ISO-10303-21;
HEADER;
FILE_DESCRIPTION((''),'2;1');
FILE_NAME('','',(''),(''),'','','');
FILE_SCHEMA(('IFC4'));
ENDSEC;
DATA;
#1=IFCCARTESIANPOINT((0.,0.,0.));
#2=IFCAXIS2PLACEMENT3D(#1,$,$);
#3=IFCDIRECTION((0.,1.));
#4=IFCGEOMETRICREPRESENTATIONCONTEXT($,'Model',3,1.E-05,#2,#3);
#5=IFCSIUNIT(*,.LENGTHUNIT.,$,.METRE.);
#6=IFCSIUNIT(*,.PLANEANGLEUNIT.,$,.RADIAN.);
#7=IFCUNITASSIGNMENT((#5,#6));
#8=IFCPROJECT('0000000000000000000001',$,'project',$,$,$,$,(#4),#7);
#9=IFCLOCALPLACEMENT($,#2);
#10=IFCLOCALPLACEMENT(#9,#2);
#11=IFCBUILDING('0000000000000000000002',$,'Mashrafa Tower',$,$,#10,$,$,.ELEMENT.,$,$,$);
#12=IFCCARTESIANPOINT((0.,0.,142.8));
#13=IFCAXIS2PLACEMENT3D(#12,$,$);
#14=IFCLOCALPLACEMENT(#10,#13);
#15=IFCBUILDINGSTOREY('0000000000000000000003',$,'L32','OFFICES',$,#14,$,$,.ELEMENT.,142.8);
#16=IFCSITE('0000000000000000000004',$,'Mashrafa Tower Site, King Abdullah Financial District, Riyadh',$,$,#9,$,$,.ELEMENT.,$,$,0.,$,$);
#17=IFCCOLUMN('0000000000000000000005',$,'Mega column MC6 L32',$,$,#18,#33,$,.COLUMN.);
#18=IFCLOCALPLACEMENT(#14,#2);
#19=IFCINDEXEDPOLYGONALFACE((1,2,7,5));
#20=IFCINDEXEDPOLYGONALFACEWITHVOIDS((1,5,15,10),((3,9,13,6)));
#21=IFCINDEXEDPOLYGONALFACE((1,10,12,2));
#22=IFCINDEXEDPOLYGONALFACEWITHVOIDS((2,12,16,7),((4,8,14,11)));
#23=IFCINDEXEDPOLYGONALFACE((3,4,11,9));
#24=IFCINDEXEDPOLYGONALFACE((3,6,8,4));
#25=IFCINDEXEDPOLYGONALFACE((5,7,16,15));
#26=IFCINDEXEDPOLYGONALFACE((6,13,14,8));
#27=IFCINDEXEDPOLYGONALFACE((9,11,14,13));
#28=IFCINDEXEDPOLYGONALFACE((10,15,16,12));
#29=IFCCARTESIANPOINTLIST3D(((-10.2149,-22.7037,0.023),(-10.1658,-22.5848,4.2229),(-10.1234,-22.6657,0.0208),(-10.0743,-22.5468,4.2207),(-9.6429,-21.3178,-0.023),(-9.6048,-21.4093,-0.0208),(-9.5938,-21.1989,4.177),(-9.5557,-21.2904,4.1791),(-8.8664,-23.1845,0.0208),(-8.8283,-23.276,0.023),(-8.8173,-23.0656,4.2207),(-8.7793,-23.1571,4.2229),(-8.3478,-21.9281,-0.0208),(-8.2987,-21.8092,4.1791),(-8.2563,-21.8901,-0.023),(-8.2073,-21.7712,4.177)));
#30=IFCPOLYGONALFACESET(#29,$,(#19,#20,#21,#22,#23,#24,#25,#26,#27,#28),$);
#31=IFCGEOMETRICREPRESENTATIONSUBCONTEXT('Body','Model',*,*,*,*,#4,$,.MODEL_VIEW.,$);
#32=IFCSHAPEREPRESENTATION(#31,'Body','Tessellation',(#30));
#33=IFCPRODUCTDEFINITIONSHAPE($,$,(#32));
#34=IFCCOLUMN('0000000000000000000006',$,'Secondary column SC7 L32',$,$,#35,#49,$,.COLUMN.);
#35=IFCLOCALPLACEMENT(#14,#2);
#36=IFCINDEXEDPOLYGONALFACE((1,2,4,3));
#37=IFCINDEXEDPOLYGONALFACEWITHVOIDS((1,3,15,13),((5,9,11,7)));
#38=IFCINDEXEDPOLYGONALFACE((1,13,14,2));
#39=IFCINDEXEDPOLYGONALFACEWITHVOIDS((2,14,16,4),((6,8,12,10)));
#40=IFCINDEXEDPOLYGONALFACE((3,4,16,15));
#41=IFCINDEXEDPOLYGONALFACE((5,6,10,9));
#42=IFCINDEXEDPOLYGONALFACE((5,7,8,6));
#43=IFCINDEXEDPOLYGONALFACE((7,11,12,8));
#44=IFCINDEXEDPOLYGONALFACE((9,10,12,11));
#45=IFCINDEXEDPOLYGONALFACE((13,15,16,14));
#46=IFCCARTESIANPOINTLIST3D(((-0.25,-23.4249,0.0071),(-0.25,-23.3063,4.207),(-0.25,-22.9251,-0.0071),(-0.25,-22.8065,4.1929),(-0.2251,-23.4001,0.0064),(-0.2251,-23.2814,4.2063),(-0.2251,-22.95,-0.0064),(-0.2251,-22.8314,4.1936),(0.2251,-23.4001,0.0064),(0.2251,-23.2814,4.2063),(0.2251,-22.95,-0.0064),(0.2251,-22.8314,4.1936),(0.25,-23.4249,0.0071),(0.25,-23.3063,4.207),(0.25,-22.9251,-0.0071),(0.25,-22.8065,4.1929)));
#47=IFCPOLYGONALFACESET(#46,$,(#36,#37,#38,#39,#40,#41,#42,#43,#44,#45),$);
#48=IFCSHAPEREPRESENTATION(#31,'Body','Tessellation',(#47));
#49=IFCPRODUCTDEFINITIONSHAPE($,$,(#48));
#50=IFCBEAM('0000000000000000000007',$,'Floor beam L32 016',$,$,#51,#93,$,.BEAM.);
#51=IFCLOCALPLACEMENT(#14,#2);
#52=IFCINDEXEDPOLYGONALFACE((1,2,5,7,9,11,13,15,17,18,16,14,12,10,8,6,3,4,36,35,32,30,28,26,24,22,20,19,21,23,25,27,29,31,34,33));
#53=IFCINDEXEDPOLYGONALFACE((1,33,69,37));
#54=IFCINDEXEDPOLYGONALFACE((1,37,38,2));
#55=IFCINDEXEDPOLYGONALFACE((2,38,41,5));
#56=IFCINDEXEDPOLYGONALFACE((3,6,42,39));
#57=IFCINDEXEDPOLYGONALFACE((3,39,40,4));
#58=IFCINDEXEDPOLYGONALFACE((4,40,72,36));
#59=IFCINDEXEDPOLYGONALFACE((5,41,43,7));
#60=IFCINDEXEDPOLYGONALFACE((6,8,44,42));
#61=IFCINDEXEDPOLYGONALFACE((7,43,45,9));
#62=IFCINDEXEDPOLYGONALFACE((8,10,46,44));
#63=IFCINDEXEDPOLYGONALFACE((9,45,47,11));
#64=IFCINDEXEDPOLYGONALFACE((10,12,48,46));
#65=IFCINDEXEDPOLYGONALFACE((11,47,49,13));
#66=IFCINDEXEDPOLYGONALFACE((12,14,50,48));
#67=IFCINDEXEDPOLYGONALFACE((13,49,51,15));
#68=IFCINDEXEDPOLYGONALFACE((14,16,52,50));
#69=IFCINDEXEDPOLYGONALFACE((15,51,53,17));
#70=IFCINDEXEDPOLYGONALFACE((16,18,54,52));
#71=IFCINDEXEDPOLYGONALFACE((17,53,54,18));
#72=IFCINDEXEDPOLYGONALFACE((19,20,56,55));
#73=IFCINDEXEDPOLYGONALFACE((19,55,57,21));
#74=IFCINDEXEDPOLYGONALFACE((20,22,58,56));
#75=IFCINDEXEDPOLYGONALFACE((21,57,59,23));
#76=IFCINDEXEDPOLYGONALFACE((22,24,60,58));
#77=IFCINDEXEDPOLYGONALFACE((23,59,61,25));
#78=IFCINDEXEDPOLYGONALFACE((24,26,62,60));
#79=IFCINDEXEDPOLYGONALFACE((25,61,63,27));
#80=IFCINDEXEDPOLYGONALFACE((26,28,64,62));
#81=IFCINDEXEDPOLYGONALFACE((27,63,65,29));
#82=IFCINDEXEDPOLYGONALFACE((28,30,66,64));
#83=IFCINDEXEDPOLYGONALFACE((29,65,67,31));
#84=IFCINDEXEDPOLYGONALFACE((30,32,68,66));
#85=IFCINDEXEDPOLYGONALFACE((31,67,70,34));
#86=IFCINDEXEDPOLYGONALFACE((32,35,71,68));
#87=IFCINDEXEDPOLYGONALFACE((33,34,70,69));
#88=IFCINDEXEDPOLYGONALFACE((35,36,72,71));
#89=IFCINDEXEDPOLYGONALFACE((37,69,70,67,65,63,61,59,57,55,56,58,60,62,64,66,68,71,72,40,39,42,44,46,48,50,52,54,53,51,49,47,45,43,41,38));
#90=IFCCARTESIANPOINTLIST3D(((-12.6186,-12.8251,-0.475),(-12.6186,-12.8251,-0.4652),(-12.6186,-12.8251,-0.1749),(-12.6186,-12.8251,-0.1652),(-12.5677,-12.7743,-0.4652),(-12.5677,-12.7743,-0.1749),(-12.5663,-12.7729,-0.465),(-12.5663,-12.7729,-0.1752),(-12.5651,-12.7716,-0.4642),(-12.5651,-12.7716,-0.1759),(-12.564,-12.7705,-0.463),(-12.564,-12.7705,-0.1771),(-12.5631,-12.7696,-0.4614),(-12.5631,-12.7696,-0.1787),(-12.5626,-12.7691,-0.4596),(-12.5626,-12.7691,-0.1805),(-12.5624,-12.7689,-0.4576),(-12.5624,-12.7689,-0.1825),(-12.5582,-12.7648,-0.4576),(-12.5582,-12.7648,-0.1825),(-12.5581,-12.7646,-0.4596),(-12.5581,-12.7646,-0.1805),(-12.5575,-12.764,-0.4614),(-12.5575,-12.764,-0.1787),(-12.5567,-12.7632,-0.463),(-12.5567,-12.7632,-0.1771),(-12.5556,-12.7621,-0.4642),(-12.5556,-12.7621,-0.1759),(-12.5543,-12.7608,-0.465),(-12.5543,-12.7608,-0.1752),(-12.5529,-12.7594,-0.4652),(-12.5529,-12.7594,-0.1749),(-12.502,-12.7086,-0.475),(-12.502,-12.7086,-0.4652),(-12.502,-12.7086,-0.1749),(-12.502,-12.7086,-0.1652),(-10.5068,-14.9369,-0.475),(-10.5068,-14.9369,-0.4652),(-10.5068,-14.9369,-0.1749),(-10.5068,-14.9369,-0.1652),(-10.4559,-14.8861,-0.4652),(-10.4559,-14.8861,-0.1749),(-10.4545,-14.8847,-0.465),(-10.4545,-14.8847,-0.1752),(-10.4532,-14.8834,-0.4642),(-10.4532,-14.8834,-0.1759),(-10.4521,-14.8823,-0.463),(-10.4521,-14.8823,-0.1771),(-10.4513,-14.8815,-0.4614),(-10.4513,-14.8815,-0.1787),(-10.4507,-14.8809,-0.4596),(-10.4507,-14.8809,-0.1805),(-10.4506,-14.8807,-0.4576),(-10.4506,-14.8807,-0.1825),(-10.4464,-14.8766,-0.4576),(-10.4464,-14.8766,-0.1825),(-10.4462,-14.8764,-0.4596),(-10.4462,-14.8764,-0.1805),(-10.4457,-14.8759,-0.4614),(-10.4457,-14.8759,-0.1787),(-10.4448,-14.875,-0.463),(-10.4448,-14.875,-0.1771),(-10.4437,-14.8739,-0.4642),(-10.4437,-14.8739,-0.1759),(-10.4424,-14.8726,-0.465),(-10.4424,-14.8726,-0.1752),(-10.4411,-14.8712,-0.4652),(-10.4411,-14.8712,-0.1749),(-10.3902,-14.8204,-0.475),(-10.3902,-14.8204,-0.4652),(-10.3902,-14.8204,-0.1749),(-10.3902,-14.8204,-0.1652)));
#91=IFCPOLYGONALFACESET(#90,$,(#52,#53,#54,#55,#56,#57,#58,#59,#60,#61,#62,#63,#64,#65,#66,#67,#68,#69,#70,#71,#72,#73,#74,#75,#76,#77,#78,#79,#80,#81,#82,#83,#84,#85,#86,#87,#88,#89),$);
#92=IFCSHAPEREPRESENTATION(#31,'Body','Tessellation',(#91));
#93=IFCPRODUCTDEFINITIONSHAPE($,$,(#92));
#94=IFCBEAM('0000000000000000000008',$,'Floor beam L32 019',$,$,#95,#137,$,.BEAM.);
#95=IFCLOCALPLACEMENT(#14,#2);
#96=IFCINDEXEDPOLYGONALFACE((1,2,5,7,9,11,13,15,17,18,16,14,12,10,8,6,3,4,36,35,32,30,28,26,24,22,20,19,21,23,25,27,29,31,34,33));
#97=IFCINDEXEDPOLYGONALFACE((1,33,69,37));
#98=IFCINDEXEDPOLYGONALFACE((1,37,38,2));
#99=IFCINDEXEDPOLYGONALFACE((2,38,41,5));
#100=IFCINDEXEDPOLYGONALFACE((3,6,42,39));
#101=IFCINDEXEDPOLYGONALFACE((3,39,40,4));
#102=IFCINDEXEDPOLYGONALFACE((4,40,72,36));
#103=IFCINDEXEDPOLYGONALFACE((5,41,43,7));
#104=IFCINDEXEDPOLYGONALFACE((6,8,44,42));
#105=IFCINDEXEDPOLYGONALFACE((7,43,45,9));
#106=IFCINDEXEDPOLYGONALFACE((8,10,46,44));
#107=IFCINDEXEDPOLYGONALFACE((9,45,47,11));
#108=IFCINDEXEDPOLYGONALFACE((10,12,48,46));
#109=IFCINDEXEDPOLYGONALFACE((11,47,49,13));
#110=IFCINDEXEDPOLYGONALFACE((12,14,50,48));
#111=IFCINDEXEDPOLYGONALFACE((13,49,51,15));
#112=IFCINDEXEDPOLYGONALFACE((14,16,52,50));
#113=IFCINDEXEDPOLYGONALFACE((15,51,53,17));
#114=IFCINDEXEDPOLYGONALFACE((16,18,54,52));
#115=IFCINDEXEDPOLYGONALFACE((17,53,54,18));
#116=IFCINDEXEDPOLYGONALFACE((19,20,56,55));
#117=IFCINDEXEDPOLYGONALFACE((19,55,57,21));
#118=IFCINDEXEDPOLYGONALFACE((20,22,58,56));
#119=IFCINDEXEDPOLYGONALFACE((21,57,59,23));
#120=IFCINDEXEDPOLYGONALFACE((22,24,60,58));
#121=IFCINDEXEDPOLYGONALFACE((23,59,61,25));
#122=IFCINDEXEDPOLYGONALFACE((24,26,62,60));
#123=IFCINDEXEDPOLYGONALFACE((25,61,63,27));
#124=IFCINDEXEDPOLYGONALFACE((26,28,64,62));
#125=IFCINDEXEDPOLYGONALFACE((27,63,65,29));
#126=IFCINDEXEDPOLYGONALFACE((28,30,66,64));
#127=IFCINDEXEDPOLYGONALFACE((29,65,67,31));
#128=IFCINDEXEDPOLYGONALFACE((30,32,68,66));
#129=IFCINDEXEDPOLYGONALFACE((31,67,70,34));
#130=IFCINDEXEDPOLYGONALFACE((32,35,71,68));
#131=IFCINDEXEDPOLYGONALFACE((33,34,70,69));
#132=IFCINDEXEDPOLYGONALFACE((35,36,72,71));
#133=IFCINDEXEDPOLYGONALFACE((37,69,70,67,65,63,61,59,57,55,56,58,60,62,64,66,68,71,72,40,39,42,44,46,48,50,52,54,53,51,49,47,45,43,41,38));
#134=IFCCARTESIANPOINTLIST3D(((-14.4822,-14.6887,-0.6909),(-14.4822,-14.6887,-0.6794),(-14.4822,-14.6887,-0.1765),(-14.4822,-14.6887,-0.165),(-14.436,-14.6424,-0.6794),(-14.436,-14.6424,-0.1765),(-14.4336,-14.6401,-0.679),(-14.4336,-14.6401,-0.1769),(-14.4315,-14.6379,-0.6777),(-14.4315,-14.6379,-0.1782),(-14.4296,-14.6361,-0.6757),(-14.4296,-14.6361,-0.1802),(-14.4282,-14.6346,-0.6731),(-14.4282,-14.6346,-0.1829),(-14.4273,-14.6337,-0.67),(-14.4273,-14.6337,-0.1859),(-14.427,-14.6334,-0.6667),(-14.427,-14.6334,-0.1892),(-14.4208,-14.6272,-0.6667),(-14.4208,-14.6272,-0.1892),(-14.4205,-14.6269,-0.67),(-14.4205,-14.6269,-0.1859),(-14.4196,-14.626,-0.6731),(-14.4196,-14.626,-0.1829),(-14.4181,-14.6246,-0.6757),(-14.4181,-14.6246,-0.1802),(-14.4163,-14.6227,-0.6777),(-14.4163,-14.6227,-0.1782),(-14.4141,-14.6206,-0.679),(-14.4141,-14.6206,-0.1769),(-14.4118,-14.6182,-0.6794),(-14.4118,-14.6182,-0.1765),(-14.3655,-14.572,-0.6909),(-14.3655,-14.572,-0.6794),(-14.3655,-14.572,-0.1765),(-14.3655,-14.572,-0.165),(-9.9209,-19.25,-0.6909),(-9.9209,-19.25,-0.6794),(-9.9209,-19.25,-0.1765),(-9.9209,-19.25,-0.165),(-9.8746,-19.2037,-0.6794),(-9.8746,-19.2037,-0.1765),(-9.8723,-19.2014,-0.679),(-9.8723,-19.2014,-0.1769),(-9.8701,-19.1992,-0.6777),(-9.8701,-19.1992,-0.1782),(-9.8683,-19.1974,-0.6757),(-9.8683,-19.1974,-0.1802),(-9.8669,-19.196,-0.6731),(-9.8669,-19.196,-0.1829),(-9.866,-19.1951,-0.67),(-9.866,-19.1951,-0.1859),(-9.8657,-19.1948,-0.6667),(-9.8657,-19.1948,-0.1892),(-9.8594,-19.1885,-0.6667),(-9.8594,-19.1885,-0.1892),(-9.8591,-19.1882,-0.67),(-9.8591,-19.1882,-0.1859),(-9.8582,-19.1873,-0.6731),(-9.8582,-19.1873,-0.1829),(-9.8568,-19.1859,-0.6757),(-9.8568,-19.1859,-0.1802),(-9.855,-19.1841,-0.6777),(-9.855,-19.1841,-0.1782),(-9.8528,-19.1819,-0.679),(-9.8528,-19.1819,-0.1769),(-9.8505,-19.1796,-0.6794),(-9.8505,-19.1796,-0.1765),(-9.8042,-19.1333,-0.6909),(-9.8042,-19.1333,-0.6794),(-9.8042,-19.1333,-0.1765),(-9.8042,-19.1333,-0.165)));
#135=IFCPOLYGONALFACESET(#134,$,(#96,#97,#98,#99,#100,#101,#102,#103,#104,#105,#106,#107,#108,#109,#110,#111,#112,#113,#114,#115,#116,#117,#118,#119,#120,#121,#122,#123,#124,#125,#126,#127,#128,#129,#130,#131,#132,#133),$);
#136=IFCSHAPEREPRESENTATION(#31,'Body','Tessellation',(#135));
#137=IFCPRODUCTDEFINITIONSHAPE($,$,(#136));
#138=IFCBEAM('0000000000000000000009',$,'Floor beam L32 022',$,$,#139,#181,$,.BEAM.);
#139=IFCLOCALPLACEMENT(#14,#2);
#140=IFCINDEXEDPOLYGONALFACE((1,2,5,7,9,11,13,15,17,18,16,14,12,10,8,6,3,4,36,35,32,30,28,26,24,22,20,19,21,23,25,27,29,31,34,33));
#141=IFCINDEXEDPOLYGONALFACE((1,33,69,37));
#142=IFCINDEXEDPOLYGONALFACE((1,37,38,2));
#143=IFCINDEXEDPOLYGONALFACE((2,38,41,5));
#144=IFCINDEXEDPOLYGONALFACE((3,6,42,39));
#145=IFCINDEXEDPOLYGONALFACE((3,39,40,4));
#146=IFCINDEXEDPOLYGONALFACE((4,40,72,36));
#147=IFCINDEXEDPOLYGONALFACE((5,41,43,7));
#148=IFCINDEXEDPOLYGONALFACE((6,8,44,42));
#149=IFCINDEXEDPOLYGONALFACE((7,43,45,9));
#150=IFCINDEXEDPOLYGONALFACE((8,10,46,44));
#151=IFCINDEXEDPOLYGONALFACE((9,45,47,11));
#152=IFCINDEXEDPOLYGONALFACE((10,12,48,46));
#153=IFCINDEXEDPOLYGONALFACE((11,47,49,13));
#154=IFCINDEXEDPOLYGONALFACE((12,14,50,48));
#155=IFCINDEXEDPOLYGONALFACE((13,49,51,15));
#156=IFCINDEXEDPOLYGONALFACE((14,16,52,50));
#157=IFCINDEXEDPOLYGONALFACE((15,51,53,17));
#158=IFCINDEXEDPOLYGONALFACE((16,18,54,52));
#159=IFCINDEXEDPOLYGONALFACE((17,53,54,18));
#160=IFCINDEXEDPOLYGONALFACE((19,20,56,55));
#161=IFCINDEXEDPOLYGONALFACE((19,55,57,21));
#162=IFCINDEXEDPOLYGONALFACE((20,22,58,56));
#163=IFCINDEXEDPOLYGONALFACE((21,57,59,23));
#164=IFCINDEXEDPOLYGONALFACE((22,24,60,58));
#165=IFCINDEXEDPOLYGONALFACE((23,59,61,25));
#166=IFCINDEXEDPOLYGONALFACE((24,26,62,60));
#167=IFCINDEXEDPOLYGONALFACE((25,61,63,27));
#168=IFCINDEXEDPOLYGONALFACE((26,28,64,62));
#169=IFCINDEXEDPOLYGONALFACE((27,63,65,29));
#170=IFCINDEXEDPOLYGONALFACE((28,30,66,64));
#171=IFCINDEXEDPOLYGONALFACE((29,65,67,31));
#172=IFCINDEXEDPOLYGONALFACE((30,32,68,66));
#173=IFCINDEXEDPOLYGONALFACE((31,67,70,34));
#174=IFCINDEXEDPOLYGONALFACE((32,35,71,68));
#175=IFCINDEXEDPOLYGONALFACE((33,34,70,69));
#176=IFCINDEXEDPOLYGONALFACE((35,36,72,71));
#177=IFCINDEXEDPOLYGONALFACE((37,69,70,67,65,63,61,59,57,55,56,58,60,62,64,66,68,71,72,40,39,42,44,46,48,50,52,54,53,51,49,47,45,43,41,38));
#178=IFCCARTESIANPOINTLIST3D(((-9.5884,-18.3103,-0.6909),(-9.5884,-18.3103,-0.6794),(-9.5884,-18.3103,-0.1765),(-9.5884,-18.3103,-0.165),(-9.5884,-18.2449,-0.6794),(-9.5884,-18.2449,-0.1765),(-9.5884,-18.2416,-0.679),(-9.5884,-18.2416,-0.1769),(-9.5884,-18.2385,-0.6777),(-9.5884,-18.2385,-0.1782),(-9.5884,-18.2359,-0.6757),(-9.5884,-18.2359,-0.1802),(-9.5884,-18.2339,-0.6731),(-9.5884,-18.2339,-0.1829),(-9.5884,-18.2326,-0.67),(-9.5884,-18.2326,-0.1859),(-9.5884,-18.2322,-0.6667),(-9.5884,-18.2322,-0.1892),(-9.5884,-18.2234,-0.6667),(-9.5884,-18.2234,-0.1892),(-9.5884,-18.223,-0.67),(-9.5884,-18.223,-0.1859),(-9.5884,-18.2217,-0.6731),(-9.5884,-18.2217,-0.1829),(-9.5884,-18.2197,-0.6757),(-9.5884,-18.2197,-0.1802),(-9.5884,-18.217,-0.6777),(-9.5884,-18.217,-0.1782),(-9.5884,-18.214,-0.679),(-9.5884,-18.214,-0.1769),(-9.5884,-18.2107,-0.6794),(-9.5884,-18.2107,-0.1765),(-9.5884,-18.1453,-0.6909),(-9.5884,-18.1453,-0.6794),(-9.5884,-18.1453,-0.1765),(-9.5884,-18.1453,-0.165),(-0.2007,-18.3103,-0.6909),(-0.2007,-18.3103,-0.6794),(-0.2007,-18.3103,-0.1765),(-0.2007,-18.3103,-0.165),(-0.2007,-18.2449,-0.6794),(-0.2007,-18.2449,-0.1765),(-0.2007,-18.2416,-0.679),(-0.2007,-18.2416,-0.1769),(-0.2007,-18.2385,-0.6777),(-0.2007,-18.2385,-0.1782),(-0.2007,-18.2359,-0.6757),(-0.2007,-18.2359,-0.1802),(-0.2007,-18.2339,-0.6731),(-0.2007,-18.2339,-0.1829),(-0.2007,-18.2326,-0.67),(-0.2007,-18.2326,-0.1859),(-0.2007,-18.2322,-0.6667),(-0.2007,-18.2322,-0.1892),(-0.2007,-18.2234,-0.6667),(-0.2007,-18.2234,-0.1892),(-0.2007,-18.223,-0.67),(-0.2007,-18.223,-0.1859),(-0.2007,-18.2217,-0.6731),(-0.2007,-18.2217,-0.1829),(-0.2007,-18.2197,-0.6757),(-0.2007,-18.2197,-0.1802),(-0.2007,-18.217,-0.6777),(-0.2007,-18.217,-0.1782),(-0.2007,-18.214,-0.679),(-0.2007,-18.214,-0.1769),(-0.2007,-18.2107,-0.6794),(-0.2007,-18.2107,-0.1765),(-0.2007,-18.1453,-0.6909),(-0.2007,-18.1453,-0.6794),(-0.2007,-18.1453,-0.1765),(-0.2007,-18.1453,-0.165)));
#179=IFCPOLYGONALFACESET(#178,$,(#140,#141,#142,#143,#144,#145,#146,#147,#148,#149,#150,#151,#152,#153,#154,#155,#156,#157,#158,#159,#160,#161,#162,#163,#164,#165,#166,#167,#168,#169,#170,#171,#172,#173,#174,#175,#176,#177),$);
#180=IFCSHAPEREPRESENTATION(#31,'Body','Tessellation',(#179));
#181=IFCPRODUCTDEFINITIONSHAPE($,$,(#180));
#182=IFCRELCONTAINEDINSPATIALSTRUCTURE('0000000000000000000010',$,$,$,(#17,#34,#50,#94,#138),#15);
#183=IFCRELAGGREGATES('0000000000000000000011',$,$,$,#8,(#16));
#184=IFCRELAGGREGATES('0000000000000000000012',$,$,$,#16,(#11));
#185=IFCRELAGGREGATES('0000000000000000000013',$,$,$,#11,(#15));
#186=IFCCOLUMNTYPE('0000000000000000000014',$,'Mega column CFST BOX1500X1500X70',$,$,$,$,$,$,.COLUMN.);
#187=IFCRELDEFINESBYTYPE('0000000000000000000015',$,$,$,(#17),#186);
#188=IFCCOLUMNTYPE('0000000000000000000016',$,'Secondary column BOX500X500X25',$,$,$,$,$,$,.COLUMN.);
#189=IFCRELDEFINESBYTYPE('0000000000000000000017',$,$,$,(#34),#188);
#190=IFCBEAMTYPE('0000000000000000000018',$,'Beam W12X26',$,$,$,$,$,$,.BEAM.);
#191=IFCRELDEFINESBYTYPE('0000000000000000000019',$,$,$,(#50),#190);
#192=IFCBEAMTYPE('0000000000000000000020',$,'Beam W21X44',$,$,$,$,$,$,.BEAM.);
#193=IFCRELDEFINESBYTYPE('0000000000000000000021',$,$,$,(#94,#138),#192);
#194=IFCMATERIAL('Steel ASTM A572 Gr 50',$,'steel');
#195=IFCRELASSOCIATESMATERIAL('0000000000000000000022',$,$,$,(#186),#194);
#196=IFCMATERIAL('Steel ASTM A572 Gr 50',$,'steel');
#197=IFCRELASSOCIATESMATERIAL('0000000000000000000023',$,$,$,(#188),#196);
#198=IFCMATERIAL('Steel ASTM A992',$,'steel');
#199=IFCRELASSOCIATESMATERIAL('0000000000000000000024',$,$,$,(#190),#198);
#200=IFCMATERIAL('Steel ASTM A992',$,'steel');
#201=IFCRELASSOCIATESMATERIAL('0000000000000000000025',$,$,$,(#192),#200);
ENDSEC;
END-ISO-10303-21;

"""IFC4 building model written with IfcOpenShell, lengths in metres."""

from ifc_helpers import new_model, si_unit, direction, frame, origin, origin_2d, place, context, subcontext, project, spatial, hollow_rectangle, i_section, extrude, material, material_profile, profile_set, type_object, element, save


model = new_model("IFC4")

# Units and contexts
model_context = context("Model", 3, precision=1e-05, world=origin(), true_north=direction((0.0, 1.0)))
body_context = subcontext(model_context, "Body", "Model", "MODEL_VIEW")
ifc_project = project(units=[si_unit("LENGTHUNIT", "METRE"), si_unit("PLANEANGLEUNIT", "RADIAN")], contexts=[model_context])

# Site, building, storey
site_placement = place(None, origin())
site = spatial("IfcSite", under=ifc_project, at=site_placement, Name="Mashrafa Tower Site, King Abdullah Financial District, Riyadh", CompositionType="ELEMENT", RefElevation=0.0)
building_placement = place(site_placement, origin())
building = spatial("IfcBuilding", under=site, at=building_placement, Name="Mashrafa Tower", CompositionType="ELEMENT")
storey_placement = place(building_placement, frame((0.0, 0.0, 142.8)))
storey = spatial("IfcBuildingStorey", under=building, at=storey_placement, Name="L32", Description="OFFICES", CompositionType="ELEMENT", Elevation=142.8)

# Columns
ifc_material_1 = material(Name="Steel ASTM A572 Gr 50", Category="steel")
ifc_material_profile_1 = material_profile(ifc_material_1, hollow_rectangle(XDim=1.5, YDim=1.5, WallThickness=0.0701, at=origin_2d()), Name="BOX1500X1500X70")
ifc_profile_set_1 = profile_set([ifc_material_profile_1], Name="Steel ASTM A572 Gr 50")
column_type_1 = type_object("IfcColumnType", Name="Mega column CFST BOX1500X1500X70", PredefinedType="COLUMN", material=ifc_profile_set_1)
column_1_placement = place(storey_placement, frame((-9.2356, -22.2969, 0.0), z_axis=(0.011679, 0.028296, 0.999531), x_axis=(-0.924363, 0.381513, 0.0)))
element("IfcColumn", 1, at=column_1_placement, inside=storey, type_object=column_type_1, Name="Mega column MC6 L32", PredefinedType="COLUMN", context=body_context, shape_type="SweptSolid", body=[
    extrude(hollow_rectangle(XDim=1.5, YDim=1.5, WallThickness=0.0701, at=origin_2d()), origin(), (0.0, 0.0, 1.0), 4.2019),
])
ifc_material_2 = material(Name="Steel ASTM A572 Gr 50", Category="steel")
ifc_material_profile_2 = material_profile(ifc_material_2, hollow_rectangle(XDim=0.5, YDim=0.5, WallThickness=0.0249, at=origin_2d()), Name="BOX500X500X25")
ifc_profile_set_2 = profile_set([ifc_material_profile_2], Name="Steel ASTM A572 Gr 50")
column_type_2 = type_object("IfcColumnType", Name="Secondary column BOX500X500X25", PredefinedType="COLUMN", material=ifc_profile_set_2)
column_2_placement = place(storey_placement, frame((0.0, -23.175, 0.0), z_axis=(0.0, 0.02824, 0.999601), x_axis=(-1.0, 0.0, 0.0)))
element("IfcColumn", 2, at=column_2_placement, inside=storey, type_object=column_type_2, Name="Secondary column SC7 L32", PredefinedType="COLUMN", context=body_context, shape_type="SweptSolid", body=[
    extrude(hollow_rectangle(XDim=0.5, YDim=0.5, WallThickness=0.0249, at=origin_2d()), origin(), (0.0, 0.0, 1.0), 4.2017),
])

# Beams
ifc_material_3 = material(Name="Steel ASTM A992", Category="steel")
ifc_material_profile_3 = material_profile(ifc_material_3, i_section(OverallWidth=0.1648, OverallDepth=0.3098, WebThickness=0.0059, FlangeThickness=0.0098, FilletRadius=0.0076, at=origin_2d()), Name="W12X26")
ifc_profile_set_3 = profile_set([ifc_material_profile_3], Name="Steel ASTM A992")
beam_type_1 = type_object("IfcBeamType", Name="Beam W12X26", PredefinedType="BEAM", material=ifc_profile_set_3)
beam_1_placement = place(storey_placement, frame((-10.4485, -14.8787, -0.3201), z_axis=(-0.707107, 0.707107, 0.0), x_axis=(-0.707107, -0.707107, 0.0)))
element("IfcBeam", 3, at=beam_1_placement, inside=storey, type_object=beam_type_1, Name="Floor beam L32 016", PredefinedType="BEAM", context=body_context, shape_type="SweptSolid", body=[
    extrude(i_section(OverallWidth=0.1648, OverallDepth=0.3098, WebThickness=0.0059, FlangeThickness=0.0098, FilletRadius=0.0076, at=origin_2d()), origin(), (0.0, 0.0, 1.0), 2.9866),
])
ifc_material_4 = material(Name="Steel ASTM A992", Category="steel")
ifc_material_profile_4 = material_profile(ifc_material_4, i_section(OverallWidth=0.165, OverallDepth=0.5259, WebThickness=0.0088, FlangeThickness=0.0115, FilletRadius=0.0127, at=origin_2d()), Name="W21X44")
ifc_profile_set_4 = profile_set([ifc_material_profile_4], Name="Steel ASTM A992")
beam_type_2 = type_object("IfcBeamType", Name="Beam W21X44", PredefinedType="BEAM", material=ifc_profile_set_4)
beam_2_placement = place(storey_placement, frame((-9.8625, -19.1917, -0.428), z_axis=(-0.707107, 0.707107, 0.0), x_axis=(-0.707107, -0.707107, 0.0)))
element("IfcBeam", 4, at=beam_2_placement, inside=storey, type_object=beam_type_2, Name="Floor beam L32 019", PredefinedType="BEAM", context=body_context, shape_type="SweptSolid", body=[
    extrude(i_section(OverallWidth=0.165, OverallDepth=0.5259, WebThickness=0.0088, FlangeThickness=0.0115, FilletRadius=0.0127, at=origin_2d()), origin(), (0.0, 0.0, 1.0), 6.4507),
])
beam_3_placement = place(storey_placement, frame((-0.2007, -18.2278, -0.428), z_axis=(-1.0, 0.0, 0.0), x_axis=(0.0, -1.0, 0.0)))
element("IfcBeam", 5, at=beam_3_placement, inside=storey, type_object=beam_type_2, Name="Floor beam L32 022", PredefinedType="BEAM", context=body_context, shape_type="SweptSolid", body=[
    extrude(i_section(OverallWidth=0.165, OverallDepth=0.5259, WebThickness=0.0088, FlangeThickness=0.0115, FilletRadius=0.0127, at=origin_2d()), origin(), (0.0, 0.0, 1.0), 9.3877),
])

save(model, "model.ifc")
